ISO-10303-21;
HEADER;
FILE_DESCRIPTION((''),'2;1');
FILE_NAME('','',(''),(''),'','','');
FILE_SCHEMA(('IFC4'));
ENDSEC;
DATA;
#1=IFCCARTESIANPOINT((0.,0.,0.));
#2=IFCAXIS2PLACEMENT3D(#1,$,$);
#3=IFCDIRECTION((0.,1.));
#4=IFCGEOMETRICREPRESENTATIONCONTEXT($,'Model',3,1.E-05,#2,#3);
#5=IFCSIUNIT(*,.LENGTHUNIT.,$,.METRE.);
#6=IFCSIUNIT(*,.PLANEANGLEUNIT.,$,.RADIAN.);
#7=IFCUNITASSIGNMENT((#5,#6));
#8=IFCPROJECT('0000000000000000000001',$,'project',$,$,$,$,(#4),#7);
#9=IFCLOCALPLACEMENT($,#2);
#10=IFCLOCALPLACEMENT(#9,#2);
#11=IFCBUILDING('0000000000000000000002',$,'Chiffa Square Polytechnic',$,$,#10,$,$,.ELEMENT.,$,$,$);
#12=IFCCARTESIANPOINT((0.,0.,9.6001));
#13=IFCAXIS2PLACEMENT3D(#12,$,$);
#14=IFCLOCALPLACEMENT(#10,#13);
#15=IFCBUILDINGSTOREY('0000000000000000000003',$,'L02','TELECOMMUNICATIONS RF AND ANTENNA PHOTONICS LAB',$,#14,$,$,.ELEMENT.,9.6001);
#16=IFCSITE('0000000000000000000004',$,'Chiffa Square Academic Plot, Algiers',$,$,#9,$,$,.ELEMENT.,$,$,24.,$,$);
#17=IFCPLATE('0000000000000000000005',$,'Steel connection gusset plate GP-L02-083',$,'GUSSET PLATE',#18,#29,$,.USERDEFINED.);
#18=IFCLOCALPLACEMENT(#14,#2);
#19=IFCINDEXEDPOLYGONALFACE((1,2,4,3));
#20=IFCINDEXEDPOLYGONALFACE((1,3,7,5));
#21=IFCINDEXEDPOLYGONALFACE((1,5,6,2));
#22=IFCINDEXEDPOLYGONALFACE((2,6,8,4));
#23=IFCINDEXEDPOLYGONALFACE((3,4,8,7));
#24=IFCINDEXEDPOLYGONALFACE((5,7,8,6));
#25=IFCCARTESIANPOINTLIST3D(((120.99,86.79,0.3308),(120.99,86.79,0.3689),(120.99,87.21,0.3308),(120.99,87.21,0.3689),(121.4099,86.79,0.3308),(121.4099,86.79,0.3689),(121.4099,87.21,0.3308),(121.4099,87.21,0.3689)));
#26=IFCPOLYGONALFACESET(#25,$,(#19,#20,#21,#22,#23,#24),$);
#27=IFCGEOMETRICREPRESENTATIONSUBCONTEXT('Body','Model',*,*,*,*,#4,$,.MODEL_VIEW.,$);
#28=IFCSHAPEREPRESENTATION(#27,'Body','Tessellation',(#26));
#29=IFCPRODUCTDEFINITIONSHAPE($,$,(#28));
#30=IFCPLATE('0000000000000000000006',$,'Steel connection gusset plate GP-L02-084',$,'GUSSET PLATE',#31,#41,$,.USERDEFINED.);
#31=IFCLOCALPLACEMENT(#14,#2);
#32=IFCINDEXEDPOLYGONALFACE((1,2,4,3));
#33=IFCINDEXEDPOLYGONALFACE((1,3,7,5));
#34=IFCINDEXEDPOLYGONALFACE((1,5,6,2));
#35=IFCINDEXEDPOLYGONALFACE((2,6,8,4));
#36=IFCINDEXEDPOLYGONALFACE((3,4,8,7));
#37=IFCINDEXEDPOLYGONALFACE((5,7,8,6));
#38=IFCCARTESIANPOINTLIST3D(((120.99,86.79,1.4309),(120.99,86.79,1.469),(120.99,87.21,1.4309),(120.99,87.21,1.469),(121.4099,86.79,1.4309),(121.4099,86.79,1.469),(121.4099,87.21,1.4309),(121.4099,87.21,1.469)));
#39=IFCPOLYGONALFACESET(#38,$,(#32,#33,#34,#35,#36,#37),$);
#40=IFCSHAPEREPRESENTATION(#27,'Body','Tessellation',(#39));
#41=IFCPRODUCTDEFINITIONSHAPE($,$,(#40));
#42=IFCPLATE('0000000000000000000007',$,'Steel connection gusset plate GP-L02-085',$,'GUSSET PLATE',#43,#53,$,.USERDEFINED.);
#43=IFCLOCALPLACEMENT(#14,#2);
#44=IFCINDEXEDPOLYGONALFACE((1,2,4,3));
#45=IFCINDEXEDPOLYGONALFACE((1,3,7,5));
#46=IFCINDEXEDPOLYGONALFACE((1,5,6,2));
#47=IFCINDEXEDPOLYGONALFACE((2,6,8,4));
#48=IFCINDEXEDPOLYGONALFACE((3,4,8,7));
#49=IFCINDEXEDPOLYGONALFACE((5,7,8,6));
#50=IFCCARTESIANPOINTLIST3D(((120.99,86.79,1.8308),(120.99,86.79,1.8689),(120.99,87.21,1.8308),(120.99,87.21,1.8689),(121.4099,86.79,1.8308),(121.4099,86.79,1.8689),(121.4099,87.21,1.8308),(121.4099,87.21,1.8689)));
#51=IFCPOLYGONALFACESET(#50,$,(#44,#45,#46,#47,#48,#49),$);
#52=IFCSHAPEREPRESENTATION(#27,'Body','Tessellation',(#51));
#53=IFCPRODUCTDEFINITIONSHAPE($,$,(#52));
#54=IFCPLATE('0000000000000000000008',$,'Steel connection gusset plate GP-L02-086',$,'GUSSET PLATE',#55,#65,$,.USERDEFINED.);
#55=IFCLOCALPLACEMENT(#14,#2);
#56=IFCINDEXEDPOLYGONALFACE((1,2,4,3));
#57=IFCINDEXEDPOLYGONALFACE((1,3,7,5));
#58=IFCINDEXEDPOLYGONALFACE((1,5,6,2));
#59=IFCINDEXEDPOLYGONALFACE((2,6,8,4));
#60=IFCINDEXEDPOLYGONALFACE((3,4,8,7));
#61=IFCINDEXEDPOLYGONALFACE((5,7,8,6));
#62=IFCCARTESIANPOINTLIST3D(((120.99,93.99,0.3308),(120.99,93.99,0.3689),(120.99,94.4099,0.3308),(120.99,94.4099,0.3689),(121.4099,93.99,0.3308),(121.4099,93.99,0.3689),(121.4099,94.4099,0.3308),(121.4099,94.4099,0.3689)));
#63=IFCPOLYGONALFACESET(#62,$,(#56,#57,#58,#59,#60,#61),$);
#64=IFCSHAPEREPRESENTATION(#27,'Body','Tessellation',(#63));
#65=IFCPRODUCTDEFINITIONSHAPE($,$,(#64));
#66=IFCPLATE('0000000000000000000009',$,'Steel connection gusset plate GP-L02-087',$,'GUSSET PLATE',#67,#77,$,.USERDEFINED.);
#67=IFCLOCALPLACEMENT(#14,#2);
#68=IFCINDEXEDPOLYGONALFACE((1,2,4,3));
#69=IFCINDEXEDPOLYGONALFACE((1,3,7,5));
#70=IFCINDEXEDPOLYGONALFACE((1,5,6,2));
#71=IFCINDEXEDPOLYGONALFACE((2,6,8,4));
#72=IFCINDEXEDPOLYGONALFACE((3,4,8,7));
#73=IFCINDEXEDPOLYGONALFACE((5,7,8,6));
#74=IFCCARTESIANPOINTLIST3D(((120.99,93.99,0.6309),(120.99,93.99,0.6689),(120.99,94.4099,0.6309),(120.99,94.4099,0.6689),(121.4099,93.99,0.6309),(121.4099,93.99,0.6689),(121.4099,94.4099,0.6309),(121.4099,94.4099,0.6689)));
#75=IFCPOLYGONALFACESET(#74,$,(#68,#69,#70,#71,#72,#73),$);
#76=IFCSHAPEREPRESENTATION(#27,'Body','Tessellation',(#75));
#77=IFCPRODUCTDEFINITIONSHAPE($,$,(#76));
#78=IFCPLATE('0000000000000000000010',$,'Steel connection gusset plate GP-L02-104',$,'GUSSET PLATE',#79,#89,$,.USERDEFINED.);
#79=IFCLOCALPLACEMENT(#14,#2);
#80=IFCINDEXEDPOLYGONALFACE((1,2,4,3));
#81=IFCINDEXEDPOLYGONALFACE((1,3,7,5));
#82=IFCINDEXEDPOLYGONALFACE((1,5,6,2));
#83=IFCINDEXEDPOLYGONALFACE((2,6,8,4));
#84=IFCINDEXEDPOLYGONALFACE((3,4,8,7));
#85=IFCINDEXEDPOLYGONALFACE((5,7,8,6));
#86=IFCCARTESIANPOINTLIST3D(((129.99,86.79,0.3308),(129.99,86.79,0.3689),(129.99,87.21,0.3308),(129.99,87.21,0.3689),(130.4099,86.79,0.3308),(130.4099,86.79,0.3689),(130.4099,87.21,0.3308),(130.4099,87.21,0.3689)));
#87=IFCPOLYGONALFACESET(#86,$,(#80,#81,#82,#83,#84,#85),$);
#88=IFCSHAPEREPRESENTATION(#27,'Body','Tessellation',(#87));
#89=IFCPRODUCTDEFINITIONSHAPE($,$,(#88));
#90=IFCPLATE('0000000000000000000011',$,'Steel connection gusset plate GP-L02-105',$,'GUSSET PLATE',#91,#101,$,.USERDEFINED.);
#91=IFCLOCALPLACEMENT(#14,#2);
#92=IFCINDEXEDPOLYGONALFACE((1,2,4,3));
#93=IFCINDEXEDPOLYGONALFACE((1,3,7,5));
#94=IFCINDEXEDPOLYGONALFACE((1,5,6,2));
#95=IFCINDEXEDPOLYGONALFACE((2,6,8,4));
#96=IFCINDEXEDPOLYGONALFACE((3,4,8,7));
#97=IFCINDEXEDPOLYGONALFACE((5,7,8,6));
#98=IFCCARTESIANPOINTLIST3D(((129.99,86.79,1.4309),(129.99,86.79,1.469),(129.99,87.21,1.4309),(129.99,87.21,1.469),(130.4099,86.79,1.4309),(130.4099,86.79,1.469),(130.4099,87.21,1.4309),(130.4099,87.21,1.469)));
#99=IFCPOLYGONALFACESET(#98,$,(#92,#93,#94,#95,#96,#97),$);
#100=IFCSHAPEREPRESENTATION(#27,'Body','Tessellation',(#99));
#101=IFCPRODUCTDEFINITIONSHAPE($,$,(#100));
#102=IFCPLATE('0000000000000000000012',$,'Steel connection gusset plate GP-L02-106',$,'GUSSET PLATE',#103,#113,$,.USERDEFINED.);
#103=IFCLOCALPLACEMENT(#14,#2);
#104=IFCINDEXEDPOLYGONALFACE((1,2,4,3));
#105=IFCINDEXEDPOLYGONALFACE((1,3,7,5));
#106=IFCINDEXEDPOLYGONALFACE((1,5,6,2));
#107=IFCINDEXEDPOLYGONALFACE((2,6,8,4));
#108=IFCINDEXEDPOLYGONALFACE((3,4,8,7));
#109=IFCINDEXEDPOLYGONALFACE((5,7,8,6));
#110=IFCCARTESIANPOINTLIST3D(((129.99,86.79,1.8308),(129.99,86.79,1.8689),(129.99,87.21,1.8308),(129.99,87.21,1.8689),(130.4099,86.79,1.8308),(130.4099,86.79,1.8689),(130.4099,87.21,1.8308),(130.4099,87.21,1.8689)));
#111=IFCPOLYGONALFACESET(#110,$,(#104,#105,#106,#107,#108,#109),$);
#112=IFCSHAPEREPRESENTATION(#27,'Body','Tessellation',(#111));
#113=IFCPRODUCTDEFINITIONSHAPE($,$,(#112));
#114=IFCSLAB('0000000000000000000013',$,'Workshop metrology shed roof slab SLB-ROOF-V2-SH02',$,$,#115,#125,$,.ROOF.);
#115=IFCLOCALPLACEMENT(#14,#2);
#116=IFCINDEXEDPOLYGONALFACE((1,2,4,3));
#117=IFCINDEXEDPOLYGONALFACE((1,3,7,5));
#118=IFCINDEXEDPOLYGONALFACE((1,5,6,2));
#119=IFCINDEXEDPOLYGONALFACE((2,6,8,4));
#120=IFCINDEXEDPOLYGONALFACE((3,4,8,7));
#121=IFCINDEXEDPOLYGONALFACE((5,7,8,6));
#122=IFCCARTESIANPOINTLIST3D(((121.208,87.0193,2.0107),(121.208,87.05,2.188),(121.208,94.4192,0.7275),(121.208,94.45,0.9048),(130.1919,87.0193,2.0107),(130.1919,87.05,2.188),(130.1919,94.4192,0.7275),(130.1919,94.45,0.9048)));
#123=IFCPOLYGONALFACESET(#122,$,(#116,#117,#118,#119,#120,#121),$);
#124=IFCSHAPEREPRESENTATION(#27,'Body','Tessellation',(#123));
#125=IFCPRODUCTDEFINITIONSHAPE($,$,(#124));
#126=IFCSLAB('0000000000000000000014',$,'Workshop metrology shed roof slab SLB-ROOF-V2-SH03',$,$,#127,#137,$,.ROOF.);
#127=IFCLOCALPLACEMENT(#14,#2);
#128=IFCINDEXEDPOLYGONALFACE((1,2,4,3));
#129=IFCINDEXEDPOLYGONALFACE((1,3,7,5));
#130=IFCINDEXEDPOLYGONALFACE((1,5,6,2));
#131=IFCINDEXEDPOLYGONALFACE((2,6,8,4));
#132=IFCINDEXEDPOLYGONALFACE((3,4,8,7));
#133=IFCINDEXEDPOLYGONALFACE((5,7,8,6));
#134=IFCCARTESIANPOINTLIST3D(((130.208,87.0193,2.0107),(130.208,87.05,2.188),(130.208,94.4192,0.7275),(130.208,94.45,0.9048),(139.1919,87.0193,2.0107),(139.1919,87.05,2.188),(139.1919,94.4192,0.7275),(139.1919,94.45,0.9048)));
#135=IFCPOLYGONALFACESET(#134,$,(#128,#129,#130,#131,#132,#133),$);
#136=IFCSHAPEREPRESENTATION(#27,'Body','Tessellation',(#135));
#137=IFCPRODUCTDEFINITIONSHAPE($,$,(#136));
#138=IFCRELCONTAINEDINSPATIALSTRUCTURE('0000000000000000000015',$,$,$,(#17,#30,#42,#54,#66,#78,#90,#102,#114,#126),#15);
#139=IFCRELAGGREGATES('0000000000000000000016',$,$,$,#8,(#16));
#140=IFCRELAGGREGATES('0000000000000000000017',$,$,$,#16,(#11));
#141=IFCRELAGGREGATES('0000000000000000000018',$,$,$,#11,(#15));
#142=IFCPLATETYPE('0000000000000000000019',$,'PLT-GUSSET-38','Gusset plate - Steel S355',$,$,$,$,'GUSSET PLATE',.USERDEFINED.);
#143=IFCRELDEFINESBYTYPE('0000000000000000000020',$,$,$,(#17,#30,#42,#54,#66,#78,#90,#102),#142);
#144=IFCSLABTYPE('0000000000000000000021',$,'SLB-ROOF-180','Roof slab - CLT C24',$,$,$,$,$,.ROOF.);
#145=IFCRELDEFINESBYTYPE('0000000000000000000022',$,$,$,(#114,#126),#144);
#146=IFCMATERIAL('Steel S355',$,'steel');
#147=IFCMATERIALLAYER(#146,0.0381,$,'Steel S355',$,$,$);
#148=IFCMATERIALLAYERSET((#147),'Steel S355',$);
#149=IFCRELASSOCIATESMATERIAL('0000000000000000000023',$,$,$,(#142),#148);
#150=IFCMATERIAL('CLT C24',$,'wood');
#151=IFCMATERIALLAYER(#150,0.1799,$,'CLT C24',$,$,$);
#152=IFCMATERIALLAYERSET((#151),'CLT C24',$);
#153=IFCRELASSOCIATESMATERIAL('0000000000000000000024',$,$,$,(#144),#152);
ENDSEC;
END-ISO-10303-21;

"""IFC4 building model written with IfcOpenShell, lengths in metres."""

from ifc_helpers import new_model, si_unit, direction, frame, origin, origin_2d, place, context, subcontext, project, spatial, polyline, rectangle, outline, extrude, material, layer, layer_set, type_object, element, save


model = new_model("IFC4")

# Units and contexts
model_context = context("Model", 3, precision=1e-05, world=origin(), true_north=direction((0.0, 1.0)))
body_context = subcontext(model_context, "Body", "Model", "MODEL_VIEW")
ifc_project = project(units=[si_unit("LENGTHUNIT", "METRE"), si_unit("PLANEANGLEUNIT", "RADIAN")], contexts=[model_context])

# Site, building, storey
site_placement = place(None, origin())
site = spatial("IfcSite", under=ifc_project, at=site_placement, Name="Chiffa Square Academic Plot, Algiers", CompositionType="ELEMENT", RefElevation=24.0)
building_placement = place(site_placement, origin())
building = spatial("IfcBuilding", under=site, at=building_placement, Name="Chiffa Square Polytechnic", CompositionType="ELEMENT")
storey_placement = place(building_placement, frame((0.0, 0.0, 9.6001)))
storey = spatial("IfcBuildingStorey", under=building, at=storey_placement, Name="L02", Description="TELECOMMUNICATIONS RF AND ANTENNA PHOTONICS LAB", CompositionType="ELEMENT", Elevation=9.6001)

# Shared definitions
ifc_material_1 = material(Name="Steel S355", Category="steel")

# Plates
ifc_layer_1 = layer(ifc_material_1, 0.0381, Name="Steel S355")
ifc_layer_set_1 = layer_set([ifc_layer_1], Name="Steel S355")
plate_type_1 = type_object("IfcPlateType", Name="PLT-GUSSET-38", Description="Gusset plate - Steel S355", ElementType="GUSSET PLATE", PredefinedType="USERDEFINED", material=ifc_layer_set_1)
for number, where, z_axis, x_axis, name in (
    (1, (121.2, 87.0, 0.3308), (0.0, 0.0, 1.0), (1.0, 0.0, 0.0), "Steel connection gusset plate GP-L02-083"),
    (2, (121.2, 87.0, 1.4309), (0.0, 0.0, 1.0), (1.0, 0.0, 0.0), "Steel connection gusset plate GP-L02-084"),
    (3, (121.2, 87.0, 1.8308), (0.0, 0.0, 1.0), (1.0, 0.0, 0.0), "Steel connection gusset plate GP-L02-085"),
    (4, (121.2, 94.2, 0.3308), (0.0, 0.0, 1.0), (1.0, 0.0, 0.0), "Steel connection gusset plate GP-L02-086"),
    (5, (121.2, 94.2, 0.6309), (0.0, 0.0, 1.0), (1.0, 0.0, 0.0), "Steel connection gusset plate GP-L02-087"),
    (6, (130.2, 87.0, 0.3308), (0.0, 0.0, 1.0), (1.0, 0.0, 0.0), "Steel connection gusset plate GP-L02-104"),
    (7, (130.2, 87.0, 1.4309), (0.0, 0.0, 1.0), (1.0, 0.0, 0.0), "Steel connection gusset plate GP-L02-105"),
    (8, (130.2, 87.0, 1.8308), (0.0, 0.0, 1.0), (1.0, 0.0, 0.0), "Steel connection gusset plate GP-L02-106"),
):
    element("IfcPlate", number, at=place(storey_placement, frame(where, z_axis=z_axis, x_axis=x_axis)), inside=storey, type_object=plate_type_1, Name=name, ObjectType="GUSSET PLATE", PredefinedType="USERDEFINED", context=body_context, shape_type="SweptSolid", body=[
        extrude(rectangle(XDim=0.4199, YDim=0.4199, at=origin_2d()), origin(), (0.0, 0.0, 1.0), 0.0381),
    ])

# Slabs
ifc_material_2 = material(Name="CLT C24", Category="wood")
ifc_layer_2 = layer(ifc_material_2, 0.1799, Name="CLT C24")
ifc_layer_set_2 = layer_set([ifc_layer_2], Name="CLT C24")
slab_type = type_object("IfcSlabType", Name="SLB-ROOF-180", Description="Roof slab - CLT C24", PredefinedType="ROOF", material=ifc_layer_set_2)
for number, where, z_axis, x_axis, name in (
    (9, (121.208, 87.05, 2.188), (0.0, 0.170858, 0.985296), (1.0, 0.0, 0.0), "Workshop metrology shed roof slab SLB-ROOF-V2-SH02"),
    (10, (130.208, 87.05, 2.188), (0.0, 0.170858, 0.985296), (1.0, 0.0, 0.0), "Workshop metrology shed roof slab SLB-ROOF-V2-SH03"),
):
    element("IfcSlab", number, at=place(storey_placement, frame(where, z_axis=z_axis, x_axis=x_axis)), inside=storey, type_object=slab_type, Name=name, PredefinedType="ROOF", context=body_context, shape_type="SweptSolid", body=[
        extrude(outline(polyline([(0.0, 0.0), (8.9839, 0.0), (8.9839, 7.5103), (0.0, 7.5103), (0.0, 0.0)])), origin(), (0.0, 0.0, -1.0), 0.1799),
    ])

save(model, "model.ifc")
